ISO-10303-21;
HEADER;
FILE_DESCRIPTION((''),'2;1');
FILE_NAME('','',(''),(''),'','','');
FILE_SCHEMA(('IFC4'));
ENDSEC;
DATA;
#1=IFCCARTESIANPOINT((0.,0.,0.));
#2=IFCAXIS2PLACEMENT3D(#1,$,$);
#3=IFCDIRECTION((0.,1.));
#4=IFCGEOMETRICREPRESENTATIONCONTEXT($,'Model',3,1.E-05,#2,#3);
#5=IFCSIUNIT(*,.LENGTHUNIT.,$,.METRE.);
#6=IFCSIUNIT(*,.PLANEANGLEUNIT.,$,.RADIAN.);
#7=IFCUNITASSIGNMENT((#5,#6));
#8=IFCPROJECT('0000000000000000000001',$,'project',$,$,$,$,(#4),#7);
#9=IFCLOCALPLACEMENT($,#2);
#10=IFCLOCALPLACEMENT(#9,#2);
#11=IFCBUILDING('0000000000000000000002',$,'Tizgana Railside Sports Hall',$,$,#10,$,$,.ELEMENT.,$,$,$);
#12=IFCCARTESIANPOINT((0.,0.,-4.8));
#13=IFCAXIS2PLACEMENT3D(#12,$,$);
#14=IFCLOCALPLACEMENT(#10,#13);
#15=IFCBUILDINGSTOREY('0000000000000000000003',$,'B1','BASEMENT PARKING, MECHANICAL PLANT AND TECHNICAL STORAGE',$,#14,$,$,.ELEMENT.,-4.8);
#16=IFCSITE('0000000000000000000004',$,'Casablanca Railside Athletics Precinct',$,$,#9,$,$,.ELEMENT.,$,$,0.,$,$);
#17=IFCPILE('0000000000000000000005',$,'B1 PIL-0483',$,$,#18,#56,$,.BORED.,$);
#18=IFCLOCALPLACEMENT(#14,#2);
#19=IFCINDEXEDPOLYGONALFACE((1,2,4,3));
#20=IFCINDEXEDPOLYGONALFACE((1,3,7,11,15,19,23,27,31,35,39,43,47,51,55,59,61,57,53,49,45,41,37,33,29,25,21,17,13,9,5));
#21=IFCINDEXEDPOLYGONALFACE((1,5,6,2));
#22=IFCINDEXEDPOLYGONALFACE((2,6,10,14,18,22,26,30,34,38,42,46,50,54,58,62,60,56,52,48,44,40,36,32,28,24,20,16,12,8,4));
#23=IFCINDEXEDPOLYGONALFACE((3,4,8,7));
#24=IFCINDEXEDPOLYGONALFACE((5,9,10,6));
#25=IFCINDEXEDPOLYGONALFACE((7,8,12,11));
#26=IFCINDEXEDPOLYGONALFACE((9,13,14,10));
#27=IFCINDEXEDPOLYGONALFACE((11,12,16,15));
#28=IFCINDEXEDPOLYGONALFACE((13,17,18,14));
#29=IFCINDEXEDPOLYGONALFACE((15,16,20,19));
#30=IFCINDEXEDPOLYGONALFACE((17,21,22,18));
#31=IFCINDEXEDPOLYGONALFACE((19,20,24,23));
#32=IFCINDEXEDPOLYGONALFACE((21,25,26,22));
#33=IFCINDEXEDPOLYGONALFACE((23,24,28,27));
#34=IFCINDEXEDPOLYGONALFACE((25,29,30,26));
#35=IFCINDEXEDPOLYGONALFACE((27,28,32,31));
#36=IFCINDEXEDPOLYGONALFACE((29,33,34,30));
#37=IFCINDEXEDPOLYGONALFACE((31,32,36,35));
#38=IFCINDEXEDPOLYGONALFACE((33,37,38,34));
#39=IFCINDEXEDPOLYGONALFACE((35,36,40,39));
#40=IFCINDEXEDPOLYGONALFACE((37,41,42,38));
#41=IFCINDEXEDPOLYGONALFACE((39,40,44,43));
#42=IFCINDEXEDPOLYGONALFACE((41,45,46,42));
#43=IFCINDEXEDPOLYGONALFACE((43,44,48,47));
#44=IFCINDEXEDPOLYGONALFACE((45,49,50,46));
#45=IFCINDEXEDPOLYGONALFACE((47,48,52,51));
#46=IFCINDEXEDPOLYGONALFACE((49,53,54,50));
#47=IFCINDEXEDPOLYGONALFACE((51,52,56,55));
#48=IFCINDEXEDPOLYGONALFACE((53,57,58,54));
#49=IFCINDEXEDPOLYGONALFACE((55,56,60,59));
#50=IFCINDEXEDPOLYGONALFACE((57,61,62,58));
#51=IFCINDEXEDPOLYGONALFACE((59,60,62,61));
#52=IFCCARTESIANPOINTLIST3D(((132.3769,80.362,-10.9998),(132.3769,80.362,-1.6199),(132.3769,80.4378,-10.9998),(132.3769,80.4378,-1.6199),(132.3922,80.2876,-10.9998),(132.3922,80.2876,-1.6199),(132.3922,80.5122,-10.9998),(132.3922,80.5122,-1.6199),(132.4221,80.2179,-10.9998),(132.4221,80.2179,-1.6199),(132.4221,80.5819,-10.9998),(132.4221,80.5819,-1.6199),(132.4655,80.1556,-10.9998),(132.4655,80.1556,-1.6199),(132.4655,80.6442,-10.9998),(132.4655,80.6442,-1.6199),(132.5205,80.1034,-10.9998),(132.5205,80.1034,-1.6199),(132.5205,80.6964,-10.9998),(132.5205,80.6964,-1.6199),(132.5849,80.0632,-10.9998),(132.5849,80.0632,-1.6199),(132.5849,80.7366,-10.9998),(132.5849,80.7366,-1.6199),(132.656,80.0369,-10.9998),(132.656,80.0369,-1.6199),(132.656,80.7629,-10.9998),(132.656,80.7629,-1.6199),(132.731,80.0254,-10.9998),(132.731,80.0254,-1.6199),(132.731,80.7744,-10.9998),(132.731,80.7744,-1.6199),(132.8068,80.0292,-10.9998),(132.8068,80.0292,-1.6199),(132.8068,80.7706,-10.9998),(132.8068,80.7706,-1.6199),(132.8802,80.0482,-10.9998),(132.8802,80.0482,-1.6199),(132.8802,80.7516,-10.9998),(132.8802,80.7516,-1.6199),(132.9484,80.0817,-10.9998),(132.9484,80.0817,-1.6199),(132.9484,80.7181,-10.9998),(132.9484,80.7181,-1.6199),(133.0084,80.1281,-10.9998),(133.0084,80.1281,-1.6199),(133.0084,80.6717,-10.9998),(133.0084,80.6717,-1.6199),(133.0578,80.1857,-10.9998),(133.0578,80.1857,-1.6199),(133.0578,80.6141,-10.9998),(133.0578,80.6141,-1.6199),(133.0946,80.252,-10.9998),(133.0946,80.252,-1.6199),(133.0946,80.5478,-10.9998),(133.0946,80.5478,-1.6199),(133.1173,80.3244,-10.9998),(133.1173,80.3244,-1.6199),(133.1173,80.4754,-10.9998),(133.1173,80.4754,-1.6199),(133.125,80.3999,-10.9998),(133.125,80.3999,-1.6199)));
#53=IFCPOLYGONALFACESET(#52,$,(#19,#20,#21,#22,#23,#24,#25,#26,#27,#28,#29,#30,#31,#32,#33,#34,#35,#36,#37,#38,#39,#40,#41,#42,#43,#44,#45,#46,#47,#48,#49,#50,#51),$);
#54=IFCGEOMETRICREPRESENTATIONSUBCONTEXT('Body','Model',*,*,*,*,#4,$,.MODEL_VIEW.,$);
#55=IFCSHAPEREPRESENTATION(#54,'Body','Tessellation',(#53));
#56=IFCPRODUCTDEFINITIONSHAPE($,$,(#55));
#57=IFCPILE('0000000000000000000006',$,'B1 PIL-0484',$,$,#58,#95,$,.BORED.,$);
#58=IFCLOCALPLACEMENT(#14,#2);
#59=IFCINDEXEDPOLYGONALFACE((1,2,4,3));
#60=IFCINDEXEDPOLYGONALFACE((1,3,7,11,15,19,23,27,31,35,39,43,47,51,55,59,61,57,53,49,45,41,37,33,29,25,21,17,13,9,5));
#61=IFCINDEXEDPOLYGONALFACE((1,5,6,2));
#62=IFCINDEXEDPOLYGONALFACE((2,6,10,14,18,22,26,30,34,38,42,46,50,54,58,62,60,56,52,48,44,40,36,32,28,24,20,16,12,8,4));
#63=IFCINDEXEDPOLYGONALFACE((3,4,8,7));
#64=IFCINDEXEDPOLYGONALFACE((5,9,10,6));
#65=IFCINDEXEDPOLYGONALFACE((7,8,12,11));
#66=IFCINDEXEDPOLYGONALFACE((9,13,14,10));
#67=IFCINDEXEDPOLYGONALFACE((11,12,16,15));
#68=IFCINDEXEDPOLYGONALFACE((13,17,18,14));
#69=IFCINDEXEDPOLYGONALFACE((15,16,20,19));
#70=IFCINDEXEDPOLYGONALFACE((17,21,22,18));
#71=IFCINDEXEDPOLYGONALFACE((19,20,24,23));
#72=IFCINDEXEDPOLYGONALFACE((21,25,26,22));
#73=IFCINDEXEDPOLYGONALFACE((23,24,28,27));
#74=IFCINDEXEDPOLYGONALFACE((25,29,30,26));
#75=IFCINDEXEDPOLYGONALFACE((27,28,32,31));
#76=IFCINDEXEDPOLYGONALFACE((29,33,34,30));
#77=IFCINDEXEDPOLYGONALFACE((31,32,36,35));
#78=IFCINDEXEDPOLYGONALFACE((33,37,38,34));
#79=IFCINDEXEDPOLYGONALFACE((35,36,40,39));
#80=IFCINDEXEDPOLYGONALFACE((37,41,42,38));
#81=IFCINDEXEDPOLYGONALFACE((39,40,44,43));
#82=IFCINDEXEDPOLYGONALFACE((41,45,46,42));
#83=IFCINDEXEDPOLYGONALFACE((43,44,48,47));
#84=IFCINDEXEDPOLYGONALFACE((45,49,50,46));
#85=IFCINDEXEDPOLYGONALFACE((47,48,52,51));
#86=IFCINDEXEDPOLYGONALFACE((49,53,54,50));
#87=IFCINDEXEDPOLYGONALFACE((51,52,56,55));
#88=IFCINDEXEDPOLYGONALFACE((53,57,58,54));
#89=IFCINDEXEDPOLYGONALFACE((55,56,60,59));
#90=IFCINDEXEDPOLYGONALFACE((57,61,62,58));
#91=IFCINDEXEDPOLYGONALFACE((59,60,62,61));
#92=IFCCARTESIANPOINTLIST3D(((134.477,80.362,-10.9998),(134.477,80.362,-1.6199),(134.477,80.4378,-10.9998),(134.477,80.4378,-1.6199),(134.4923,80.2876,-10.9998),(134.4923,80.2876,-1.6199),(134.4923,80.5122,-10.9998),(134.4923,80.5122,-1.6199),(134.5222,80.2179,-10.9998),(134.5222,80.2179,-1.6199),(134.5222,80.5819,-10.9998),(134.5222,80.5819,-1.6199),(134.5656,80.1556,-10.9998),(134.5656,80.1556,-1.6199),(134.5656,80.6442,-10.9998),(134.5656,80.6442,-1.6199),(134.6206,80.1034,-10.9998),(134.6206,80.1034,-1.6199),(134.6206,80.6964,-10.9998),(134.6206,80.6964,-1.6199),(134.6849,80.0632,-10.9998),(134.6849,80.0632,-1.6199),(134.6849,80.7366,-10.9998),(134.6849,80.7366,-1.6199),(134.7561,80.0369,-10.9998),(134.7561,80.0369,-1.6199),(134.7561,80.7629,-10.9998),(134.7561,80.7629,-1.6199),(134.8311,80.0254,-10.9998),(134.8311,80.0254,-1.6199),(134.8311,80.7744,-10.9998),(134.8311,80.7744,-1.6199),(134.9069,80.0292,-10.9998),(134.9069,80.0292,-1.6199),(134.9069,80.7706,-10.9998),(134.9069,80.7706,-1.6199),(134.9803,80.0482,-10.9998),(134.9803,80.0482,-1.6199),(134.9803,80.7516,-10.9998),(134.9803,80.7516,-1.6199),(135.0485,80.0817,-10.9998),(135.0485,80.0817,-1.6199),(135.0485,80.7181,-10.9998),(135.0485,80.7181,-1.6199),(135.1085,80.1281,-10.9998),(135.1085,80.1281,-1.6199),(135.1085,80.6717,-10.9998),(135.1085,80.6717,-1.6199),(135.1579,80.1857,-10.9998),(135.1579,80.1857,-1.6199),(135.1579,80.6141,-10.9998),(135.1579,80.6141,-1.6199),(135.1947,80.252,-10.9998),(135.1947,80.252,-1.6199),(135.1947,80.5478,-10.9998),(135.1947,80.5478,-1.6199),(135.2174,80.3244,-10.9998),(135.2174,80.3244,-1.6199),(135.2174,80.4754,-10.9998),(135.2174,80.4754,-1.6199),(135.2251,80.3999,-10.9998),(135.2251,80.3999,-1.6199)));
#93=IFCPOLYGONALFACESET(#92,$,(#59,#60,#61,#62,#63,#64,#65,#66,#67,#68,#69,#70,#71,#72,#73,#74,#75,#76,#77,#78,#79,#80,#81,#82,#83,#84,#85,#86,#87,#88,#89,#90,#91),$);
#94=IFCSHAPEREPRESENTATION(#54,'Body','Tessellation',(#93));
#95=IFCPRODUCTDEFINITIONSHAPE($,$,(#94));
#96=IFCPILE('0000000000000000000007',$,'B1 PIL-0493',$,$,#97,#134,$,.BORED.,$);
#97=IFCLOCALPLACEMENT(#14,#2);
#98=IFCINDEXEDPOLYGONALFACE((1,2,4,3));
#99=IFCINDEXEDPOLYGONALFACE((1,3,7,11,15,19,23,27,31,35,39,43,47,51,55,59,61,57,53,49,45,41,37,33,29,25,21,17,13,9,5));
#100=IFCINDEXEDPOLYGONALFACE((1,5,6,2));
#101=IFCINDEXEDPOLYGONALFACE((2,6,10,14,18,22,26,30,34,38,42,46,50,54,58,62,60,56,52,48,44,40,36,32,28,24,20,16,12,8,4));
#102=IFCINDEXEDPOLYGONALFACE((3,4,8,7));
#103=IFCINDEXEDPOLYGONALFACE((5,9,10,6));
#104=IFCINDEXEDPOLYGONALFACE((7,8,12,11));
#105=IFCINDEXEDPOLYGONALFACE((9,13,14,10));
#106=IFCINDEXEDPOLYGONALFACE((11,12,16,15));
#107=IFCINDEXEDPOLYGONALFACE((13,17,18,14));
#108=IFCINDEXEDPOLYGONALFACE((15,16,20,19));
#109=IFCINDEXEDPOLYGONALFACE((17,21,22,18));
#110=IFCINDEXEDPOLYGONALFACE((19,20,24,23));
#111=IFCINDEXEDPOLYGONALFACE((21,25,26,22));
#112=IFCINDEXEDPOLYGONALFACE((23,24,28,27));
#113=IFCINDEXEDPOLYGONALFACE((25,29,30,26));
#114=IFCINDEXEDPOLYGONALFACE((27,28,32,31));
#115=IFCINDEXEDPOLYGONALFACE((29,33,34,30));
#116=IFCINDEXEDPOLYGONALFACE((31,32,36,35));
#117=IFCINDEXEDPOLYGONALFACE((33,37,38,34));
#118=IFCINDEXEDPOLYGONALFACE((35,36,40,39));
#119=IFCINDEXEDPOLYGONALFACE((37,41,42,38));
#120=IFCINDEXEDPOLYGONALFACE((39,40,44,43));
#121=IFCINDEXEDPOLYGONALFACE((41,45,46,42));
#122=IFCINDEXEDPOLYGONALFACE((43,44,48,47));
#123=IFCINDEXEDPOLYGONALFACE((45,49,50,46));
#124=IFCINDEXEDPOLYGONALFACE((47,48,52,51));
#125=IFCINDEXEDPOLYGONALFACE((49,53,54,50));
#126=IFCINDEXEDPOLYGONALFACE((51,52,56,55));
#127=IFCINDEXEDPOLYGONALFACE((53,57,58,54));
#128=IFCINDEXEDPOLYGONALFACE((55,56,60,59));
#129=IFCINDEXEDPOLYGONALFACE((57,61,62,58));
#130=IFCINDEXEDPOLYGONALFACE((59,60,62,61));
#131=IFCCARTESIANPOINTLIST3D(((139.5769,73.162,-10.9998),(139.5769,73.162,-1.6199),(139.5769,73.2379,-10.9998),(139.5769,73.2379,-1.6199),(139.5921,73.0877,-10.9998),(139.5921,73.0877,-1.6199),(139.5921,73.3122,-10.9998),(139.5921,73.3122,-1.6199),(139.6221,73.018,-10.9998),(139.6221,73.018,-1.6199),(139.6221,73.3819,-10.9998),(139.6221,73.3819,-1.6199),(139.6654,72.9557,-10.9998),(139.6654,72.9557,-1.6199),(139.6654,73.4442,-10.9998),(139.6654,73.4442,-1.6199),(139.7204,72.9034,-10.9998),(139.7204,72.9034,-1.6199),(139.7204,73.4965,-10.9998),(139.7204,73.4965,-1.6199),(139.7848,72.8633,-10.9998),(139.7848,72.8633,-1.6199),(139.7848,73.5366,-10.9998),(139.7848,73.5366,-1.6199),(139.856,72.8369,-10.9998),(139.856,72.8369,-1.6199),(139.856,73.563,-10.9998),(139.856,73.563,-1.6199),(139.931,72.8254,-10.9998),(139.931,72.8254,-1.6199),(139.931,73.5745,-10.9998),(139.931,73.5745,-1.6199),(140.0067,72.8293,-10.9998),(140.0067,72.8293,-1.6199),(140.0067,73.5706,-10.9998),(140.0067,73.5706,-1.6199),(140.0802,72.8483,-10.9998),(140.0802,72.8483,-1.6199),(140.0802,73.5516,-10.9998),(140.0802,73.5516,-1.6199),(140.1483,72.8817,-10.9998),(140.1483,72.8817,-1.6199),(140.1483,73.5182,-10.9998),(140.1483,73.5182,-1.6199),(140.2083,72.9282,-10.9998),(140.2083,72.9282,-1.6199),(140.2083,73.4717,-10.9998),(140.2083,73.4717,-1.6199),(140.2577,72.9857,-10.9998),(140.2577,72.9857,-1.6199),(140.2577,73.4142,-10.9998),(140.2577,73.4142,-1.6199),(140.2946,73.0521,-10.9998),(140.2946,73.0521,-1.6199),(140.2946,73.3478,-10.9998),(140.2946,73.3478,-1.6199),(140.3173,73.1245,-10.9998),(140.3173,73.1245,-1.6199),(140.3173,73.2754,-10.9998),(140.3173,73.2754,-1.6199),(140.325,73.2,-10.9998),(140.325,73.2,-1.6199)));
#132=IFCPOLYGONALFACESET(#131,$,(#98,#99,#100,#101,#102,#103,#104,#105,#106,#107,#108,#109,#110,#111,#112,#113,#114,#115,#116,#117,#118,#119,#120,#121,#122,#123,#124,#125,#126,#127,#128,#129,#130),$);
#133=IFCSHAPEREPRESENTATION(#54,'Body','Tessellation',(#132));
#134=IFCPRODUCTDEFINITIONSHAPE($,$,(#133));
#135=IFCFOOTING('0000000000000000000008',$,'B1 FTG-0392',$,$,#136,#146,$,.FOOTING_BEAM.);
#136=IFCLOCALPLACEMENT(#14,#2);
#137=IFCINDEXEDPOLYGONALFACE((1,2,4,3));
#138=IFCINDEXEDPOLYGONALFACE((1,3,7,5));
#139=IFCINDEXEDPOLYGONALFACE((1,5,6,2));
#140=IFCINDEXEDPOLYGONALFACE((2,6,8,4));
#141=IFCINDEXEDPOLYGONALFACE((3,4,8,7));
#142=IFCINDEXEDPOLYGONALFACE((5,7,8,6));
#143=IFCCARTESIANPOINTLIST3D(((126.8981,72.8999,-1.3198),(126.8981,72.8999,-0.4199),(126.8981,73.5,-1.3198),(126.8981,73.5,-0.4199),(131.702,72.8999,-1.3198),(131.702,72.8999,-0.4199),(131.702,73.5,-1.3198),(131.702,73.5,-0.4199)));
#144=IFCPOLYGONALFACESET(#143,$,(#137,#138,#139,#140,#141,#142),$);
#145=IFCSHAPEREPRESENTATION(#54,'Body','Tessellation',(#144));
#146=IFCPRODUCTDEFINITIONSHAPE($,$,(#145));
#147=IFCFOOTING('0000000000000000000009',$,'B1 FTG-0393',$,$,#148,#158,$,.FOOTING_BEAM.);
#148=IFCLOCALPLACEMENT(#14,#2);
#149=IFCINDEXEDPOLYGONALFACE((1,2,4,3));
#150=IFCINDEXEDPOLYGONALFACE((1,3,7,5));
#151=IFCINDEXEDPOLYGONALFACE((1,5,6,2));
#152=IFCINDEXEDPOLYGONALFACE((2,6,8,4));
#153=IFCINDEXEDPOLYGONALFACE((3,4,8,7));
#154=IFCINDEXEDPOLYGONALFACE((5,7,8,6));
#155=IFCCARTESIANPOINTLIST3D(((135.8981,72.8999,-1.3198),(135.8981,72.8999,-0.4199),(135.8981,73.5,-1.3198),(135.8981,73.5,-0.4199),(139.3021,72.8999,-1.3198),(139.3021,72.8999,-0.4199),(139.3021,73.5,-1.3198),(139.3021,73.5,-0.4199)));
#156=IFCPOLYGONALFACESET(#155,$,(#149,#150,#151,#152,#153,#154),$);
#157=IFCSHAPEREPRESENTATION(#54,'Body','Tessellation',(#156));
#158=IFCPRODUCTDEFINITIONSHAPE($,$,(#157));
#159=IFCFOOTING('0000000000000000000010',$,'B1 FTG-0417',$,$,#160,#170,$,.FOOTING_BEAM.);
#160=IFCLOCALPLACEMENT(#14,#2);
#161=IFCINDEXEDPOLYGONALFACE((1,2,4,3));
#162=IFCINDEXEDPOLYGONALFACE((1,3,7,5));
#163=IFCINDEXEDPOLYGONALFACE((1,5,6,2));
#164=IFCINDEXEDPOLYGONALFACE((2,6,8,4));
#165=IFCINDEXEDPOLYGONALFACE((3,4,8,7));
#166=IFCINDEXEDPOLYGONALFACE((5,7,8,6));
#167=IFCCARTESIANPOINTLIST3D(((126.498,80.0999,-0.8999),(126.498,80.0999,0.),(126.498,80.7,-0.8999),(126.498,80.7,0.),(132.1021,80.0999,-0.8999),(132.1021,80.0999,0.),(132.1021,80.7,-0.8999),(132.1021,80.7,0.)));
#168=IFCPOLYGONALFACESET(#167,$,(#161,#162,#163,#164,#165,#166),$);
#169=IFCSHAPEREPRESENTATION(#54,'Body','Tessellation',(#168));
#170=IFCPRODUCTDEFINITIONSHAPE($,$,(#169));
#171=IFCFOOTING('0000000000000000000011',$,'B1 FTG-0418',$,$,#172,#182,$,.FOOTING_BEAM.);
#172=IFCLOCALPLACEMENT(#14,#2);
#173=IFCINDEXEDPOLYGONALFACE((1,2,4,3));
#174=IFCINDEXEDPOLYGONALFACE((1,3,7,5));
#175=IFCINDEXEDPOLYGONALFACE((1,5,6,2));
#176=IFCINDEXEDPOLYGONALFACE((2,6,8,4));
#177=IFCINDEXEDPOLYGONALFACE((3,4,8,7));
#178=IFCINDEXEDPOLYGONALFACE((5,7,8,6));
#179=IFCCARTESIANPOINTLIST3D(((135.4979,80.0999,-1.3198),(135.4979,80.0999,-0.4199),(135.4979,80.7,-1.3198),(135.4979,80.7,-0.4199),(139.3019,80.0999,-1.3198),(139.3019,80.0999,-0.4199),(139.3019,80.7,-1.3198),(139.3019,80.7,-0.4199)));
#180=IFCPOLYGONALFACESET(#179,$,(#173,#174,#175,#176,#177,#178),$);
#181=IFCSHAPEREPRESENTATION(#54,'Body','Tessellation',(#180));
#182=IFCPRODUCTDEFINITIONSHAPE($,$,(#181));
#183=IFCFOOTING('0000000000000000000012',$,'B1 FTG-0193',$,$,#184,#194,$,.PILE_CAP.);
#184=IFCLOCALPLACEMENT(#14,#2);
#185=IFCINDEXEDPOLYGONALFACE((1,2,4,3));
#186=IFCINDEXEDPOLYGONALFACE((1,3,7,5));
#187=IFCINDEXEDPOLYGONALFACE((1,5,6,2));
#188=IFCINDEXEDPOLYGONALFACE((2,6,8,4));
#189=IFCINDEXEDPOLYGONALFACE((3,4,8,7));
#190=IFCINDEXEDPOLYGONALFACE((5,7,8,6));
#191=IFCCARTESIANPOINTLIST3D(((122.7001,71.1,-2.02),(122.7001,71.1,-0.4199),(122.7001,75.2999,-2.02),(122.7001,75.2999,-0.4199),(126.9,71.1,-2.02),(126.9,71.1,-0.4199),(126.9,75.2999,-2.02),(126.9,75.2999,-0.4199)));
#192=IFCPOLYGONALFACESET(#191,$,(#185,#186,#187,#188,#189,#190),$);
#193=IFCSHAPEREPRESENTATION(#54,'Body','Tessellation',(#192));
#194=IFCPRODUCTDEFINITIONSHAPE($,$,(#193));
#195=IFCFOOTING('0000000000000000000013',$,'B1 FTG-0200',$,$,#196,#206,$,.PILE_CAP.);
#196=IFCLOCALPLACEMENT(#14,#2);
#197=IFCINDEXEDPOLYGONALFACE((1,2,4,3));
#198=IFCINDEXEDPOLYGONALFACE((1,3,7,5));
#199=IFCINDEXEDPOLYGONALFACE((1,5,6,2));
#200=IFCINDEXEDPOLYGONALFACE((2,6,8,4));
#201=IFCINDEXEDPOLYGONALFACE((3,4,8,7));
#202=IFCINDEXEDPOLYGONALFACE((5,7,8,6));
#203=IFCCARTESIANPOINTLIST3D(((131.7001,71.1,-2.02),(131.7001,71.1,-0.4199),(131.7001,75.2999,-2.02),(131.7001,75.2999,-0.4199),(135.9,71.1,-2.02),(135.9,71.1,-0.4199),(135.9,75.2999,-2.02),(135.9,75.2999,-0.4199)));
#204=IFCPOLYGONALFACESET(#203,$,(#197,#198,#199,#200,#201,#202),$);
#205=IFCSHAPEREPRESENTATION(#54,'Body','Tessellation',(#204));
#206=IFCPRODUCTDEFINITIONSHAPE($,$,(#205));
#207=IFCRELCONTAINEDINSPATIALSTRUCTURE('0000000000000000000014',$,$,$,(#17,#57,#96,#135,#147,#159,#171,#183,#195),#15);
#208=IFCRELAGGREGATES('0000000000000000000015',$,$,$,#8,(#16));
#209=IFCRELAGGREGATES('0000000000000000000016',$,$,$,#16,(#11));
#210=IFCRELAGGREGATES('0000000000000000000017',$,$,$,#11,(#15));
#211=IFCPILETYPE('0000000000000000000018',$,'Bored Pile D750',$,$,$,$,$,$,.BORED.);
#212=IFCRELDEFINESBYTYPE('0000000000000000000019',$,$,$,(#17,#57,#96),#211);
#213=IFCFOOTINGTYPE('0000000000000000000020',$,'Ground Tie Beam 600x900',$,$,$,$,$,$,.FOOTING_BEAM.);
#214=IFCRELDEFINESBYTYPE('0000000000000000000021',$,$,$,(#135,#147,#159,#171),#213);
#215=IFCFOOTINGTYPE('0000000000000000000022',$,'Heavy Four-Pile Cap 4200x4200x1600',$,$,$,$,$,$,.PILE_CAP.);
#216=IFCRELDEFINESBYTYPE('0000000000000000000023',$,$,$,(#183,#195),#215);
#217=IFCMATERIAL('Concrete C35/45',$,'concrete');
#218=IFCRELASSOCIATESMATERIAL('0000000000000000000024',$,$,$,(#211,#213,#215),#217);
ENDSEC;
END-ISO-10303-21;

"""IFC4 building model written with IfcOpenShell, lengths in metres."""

from ifc_helpers import new_model, si_unit, direction, frame, origin, origin_2d, place, context, subcontext, project, spatial, rectangle, circle, extrude, material, material_profile, profile_set, type_object, element, save


model = new_model("IFC4")

# Units and contexts
model_context = context("Model", 3, precision=1e-05, world=origin(), true_north=direction((0.0, 1.0)))
body_context = subcontext(model_context, "Body", "Model", "MODEL_VIEW")
ifc_project = project(units=[si_unit("LENGTHUNIT", "METRE"), si_unit("PLANEANGLEUNIT", "RADIAN")], contexts=[model_context])

# Site, building, storey
site_placement = place(None, origin())
site = spatial("IfcSite", under=ifc_project, at=site_placement, Name="Casablanca Railside Athletics Precinct", CompositionType="ELEMENT", RefElevation=0.0)
building_placement = place(site_placement, origin())
building = spatial("IfcBuilding", under=site, at=building_placement, Name="Tizgana Railside Sports Hall", CompositionType="ELEMENT")
storey_placement = place(building_placement, frame((0.0, 0.0, -4.8)))
storey = spatial("IfcBuildingStorey", under=building, at=storey_placement, Name="B1", Description="BASEMENT PARKING, MECHANICAL PLANT AND TECHNICAL STORAGE", CompositionType="ELEMENT", Elevation=-4.8)

# Piles
ifc_material_1 = material(Name="Concrete C35/45", Category="concrete")
ifc_material_profile_1 = material_profile(ifc_material_1, circle(Radius=0.375, at=origin_2d()), Name="PILE D750")
ifc_profile_set_1 = profile_set([ifc_material_profile_1], Name="Concrete C35/45")
pile_type_1 = type_object("IfcPileType", Name="Bored Pile D750", PredefinedType="BORED", material=ifc_profile_set_1)
for number, where, z_axis, x_axis, name in (
    (1, (132.75, 80.3999, -1.6199), (0.0, 0.0, -1.0), (1.0, 0.0, 0.0), "B1 PIL-0483"),
    (2, (134.8501, 80.3999, -1.6199), (0.0, 0.0, -1.0), (1.0, 0.0, 0.0), "B1 PIL-0484"),
    (3, (139.95, 73.2, -1.6199), (0.0, 0.0, -1.0), (1.0, 0.0, 0.0), "B1 PIL-0493"),
):
    element("IfcPile", number, at=place(storey_placement, frame(where, z_axis=z_axis, x_axis=x_axis)), inside=storey, type_object=pile_type_1, Name=name, PredefinedType="BORED", context=body_context, shape_type="SweptSolid", body=[
        extrude(circle(Radius=0.375, at=origin_2d()), origin(), (0.0, 0.0, 1.0), 9.3799),
    ])

# Footings
footing_type_1 = type_object("IfcFootingType", Name="Ground Tie Beam 600x900", PredefinedType="FOOTING_BEAM", material=ifc_material_1)
footing_1_placement = place(storey_placement, frame((129.3, 73.2, -1.3198), z_axis=(0.0, 0.0, 1.0), x_axis=(1.0, 0.0, 0.0)))
element("IfcFooting", 4, at=footing_1_placement, inside=storey, type_object=footing_type_1, Name="B1 FTG-0392", PredefinedType="FOOTING_BEAM", context=body_context, shape_type="SweptSolid", body=[
    extrude(rectangle(XDim=4.804, YDim=0.6001, at=origin_2d()), origin(), (0.0, 0.0, 1.0), 0.8999),
])
footing_2_placement = place(storey_placement, frame((137.6001, 73.2, -1.3198), z_axis=(0.0, 0.0, 1.0), x_axis=(1.0, 0.0, 0.0)))
element("IfcFooting", 5, at=footing_2_placement, inside=storey, type_object=footing_type_1, Name="B1 FTG-0393", PredefinedType="FOOTING_BEAM", context=body_context, shape_type="SweptSolid", body=[
    extrude(rectangle(XDim=3.4041, YDim=0.6001, at=origin_2d()), origin(), (0.0, 0.0, 1.0), 0.8999),
])
footing_3_placement = place(storey_placement, frame((129.3, 80.3999, -0.8999), z_axis=(0.0, 0.0, 1.0), x_axis=(1.0, 0.0, 0.0)))
element("IfcFooting", 6, at=footing_3_placement, inside=storey, type_object=footing_type_1, Name="B1 FTG-0417", PredefinedType="FOOTING_BEAM", context=body_context, shape_type="SweptSolid", body=[
    extrude(rectangle(XDim=5.604, YDim=0.6001, at=origin_2d()), origin(), (0.0, 0.0, 1.0), 0.8999),
])
footing_4_placement = place(storey_placement, frame((137.3999, 80.3999, -1.3198), z_axis=(0.0, 0.0, 1.0), x_axis=(1.0, 0.0, 0.0)))
element("IfcFooting", 7, at=footing_4_placement, inside=storey, type_object=footing_type_1, Name="B1 FTG-0418", PredefinedType="FOOTING_BEAM", context=body_context, shape_type="SweptSolid", body=[
    extrude(rectangle(XDim=3.804, YDim=0.6001, at=origin_2d()), origin(), (0.0, 0.0, 1.0), 0.8999),
])
footing_type_2 = type_object("IfcFootingType", Name="Heavy Four-Pile Cap 4200x4200x1600", PredefinedType="PILE_CAP", material=ifc_material_1)
for number, where, z_axis, x_axis, name in (
    (8, (124.8, 73.2, -2.02), (0.0, 0.0, 1.0), (1.0, 0.0, 0.0), "B1 FTG-0193"),
    (9, (133.8, 73.2, -2.02), (0.0, 0.0, 1.0), (1.0, 0.0, 0.0), "B1 FTG-0200"),
):
    element("IfcFooting", number, at=place(storey_placement, frame(where, z_axis=z_axis, x_axis=x_axis)), inside=storey, type_object=footing_type_2, Name=name, PredefinedType="PILE_CAP", context=body_context, shape_type="SweptSolid", body=[
        extrude(rectangle(XDim=4.2, YDim=4.2, at=origin_2d()), origin(), (0.0, 0.0, 1.0), 1.6001),
    ])

save(model, "model.ifc")
